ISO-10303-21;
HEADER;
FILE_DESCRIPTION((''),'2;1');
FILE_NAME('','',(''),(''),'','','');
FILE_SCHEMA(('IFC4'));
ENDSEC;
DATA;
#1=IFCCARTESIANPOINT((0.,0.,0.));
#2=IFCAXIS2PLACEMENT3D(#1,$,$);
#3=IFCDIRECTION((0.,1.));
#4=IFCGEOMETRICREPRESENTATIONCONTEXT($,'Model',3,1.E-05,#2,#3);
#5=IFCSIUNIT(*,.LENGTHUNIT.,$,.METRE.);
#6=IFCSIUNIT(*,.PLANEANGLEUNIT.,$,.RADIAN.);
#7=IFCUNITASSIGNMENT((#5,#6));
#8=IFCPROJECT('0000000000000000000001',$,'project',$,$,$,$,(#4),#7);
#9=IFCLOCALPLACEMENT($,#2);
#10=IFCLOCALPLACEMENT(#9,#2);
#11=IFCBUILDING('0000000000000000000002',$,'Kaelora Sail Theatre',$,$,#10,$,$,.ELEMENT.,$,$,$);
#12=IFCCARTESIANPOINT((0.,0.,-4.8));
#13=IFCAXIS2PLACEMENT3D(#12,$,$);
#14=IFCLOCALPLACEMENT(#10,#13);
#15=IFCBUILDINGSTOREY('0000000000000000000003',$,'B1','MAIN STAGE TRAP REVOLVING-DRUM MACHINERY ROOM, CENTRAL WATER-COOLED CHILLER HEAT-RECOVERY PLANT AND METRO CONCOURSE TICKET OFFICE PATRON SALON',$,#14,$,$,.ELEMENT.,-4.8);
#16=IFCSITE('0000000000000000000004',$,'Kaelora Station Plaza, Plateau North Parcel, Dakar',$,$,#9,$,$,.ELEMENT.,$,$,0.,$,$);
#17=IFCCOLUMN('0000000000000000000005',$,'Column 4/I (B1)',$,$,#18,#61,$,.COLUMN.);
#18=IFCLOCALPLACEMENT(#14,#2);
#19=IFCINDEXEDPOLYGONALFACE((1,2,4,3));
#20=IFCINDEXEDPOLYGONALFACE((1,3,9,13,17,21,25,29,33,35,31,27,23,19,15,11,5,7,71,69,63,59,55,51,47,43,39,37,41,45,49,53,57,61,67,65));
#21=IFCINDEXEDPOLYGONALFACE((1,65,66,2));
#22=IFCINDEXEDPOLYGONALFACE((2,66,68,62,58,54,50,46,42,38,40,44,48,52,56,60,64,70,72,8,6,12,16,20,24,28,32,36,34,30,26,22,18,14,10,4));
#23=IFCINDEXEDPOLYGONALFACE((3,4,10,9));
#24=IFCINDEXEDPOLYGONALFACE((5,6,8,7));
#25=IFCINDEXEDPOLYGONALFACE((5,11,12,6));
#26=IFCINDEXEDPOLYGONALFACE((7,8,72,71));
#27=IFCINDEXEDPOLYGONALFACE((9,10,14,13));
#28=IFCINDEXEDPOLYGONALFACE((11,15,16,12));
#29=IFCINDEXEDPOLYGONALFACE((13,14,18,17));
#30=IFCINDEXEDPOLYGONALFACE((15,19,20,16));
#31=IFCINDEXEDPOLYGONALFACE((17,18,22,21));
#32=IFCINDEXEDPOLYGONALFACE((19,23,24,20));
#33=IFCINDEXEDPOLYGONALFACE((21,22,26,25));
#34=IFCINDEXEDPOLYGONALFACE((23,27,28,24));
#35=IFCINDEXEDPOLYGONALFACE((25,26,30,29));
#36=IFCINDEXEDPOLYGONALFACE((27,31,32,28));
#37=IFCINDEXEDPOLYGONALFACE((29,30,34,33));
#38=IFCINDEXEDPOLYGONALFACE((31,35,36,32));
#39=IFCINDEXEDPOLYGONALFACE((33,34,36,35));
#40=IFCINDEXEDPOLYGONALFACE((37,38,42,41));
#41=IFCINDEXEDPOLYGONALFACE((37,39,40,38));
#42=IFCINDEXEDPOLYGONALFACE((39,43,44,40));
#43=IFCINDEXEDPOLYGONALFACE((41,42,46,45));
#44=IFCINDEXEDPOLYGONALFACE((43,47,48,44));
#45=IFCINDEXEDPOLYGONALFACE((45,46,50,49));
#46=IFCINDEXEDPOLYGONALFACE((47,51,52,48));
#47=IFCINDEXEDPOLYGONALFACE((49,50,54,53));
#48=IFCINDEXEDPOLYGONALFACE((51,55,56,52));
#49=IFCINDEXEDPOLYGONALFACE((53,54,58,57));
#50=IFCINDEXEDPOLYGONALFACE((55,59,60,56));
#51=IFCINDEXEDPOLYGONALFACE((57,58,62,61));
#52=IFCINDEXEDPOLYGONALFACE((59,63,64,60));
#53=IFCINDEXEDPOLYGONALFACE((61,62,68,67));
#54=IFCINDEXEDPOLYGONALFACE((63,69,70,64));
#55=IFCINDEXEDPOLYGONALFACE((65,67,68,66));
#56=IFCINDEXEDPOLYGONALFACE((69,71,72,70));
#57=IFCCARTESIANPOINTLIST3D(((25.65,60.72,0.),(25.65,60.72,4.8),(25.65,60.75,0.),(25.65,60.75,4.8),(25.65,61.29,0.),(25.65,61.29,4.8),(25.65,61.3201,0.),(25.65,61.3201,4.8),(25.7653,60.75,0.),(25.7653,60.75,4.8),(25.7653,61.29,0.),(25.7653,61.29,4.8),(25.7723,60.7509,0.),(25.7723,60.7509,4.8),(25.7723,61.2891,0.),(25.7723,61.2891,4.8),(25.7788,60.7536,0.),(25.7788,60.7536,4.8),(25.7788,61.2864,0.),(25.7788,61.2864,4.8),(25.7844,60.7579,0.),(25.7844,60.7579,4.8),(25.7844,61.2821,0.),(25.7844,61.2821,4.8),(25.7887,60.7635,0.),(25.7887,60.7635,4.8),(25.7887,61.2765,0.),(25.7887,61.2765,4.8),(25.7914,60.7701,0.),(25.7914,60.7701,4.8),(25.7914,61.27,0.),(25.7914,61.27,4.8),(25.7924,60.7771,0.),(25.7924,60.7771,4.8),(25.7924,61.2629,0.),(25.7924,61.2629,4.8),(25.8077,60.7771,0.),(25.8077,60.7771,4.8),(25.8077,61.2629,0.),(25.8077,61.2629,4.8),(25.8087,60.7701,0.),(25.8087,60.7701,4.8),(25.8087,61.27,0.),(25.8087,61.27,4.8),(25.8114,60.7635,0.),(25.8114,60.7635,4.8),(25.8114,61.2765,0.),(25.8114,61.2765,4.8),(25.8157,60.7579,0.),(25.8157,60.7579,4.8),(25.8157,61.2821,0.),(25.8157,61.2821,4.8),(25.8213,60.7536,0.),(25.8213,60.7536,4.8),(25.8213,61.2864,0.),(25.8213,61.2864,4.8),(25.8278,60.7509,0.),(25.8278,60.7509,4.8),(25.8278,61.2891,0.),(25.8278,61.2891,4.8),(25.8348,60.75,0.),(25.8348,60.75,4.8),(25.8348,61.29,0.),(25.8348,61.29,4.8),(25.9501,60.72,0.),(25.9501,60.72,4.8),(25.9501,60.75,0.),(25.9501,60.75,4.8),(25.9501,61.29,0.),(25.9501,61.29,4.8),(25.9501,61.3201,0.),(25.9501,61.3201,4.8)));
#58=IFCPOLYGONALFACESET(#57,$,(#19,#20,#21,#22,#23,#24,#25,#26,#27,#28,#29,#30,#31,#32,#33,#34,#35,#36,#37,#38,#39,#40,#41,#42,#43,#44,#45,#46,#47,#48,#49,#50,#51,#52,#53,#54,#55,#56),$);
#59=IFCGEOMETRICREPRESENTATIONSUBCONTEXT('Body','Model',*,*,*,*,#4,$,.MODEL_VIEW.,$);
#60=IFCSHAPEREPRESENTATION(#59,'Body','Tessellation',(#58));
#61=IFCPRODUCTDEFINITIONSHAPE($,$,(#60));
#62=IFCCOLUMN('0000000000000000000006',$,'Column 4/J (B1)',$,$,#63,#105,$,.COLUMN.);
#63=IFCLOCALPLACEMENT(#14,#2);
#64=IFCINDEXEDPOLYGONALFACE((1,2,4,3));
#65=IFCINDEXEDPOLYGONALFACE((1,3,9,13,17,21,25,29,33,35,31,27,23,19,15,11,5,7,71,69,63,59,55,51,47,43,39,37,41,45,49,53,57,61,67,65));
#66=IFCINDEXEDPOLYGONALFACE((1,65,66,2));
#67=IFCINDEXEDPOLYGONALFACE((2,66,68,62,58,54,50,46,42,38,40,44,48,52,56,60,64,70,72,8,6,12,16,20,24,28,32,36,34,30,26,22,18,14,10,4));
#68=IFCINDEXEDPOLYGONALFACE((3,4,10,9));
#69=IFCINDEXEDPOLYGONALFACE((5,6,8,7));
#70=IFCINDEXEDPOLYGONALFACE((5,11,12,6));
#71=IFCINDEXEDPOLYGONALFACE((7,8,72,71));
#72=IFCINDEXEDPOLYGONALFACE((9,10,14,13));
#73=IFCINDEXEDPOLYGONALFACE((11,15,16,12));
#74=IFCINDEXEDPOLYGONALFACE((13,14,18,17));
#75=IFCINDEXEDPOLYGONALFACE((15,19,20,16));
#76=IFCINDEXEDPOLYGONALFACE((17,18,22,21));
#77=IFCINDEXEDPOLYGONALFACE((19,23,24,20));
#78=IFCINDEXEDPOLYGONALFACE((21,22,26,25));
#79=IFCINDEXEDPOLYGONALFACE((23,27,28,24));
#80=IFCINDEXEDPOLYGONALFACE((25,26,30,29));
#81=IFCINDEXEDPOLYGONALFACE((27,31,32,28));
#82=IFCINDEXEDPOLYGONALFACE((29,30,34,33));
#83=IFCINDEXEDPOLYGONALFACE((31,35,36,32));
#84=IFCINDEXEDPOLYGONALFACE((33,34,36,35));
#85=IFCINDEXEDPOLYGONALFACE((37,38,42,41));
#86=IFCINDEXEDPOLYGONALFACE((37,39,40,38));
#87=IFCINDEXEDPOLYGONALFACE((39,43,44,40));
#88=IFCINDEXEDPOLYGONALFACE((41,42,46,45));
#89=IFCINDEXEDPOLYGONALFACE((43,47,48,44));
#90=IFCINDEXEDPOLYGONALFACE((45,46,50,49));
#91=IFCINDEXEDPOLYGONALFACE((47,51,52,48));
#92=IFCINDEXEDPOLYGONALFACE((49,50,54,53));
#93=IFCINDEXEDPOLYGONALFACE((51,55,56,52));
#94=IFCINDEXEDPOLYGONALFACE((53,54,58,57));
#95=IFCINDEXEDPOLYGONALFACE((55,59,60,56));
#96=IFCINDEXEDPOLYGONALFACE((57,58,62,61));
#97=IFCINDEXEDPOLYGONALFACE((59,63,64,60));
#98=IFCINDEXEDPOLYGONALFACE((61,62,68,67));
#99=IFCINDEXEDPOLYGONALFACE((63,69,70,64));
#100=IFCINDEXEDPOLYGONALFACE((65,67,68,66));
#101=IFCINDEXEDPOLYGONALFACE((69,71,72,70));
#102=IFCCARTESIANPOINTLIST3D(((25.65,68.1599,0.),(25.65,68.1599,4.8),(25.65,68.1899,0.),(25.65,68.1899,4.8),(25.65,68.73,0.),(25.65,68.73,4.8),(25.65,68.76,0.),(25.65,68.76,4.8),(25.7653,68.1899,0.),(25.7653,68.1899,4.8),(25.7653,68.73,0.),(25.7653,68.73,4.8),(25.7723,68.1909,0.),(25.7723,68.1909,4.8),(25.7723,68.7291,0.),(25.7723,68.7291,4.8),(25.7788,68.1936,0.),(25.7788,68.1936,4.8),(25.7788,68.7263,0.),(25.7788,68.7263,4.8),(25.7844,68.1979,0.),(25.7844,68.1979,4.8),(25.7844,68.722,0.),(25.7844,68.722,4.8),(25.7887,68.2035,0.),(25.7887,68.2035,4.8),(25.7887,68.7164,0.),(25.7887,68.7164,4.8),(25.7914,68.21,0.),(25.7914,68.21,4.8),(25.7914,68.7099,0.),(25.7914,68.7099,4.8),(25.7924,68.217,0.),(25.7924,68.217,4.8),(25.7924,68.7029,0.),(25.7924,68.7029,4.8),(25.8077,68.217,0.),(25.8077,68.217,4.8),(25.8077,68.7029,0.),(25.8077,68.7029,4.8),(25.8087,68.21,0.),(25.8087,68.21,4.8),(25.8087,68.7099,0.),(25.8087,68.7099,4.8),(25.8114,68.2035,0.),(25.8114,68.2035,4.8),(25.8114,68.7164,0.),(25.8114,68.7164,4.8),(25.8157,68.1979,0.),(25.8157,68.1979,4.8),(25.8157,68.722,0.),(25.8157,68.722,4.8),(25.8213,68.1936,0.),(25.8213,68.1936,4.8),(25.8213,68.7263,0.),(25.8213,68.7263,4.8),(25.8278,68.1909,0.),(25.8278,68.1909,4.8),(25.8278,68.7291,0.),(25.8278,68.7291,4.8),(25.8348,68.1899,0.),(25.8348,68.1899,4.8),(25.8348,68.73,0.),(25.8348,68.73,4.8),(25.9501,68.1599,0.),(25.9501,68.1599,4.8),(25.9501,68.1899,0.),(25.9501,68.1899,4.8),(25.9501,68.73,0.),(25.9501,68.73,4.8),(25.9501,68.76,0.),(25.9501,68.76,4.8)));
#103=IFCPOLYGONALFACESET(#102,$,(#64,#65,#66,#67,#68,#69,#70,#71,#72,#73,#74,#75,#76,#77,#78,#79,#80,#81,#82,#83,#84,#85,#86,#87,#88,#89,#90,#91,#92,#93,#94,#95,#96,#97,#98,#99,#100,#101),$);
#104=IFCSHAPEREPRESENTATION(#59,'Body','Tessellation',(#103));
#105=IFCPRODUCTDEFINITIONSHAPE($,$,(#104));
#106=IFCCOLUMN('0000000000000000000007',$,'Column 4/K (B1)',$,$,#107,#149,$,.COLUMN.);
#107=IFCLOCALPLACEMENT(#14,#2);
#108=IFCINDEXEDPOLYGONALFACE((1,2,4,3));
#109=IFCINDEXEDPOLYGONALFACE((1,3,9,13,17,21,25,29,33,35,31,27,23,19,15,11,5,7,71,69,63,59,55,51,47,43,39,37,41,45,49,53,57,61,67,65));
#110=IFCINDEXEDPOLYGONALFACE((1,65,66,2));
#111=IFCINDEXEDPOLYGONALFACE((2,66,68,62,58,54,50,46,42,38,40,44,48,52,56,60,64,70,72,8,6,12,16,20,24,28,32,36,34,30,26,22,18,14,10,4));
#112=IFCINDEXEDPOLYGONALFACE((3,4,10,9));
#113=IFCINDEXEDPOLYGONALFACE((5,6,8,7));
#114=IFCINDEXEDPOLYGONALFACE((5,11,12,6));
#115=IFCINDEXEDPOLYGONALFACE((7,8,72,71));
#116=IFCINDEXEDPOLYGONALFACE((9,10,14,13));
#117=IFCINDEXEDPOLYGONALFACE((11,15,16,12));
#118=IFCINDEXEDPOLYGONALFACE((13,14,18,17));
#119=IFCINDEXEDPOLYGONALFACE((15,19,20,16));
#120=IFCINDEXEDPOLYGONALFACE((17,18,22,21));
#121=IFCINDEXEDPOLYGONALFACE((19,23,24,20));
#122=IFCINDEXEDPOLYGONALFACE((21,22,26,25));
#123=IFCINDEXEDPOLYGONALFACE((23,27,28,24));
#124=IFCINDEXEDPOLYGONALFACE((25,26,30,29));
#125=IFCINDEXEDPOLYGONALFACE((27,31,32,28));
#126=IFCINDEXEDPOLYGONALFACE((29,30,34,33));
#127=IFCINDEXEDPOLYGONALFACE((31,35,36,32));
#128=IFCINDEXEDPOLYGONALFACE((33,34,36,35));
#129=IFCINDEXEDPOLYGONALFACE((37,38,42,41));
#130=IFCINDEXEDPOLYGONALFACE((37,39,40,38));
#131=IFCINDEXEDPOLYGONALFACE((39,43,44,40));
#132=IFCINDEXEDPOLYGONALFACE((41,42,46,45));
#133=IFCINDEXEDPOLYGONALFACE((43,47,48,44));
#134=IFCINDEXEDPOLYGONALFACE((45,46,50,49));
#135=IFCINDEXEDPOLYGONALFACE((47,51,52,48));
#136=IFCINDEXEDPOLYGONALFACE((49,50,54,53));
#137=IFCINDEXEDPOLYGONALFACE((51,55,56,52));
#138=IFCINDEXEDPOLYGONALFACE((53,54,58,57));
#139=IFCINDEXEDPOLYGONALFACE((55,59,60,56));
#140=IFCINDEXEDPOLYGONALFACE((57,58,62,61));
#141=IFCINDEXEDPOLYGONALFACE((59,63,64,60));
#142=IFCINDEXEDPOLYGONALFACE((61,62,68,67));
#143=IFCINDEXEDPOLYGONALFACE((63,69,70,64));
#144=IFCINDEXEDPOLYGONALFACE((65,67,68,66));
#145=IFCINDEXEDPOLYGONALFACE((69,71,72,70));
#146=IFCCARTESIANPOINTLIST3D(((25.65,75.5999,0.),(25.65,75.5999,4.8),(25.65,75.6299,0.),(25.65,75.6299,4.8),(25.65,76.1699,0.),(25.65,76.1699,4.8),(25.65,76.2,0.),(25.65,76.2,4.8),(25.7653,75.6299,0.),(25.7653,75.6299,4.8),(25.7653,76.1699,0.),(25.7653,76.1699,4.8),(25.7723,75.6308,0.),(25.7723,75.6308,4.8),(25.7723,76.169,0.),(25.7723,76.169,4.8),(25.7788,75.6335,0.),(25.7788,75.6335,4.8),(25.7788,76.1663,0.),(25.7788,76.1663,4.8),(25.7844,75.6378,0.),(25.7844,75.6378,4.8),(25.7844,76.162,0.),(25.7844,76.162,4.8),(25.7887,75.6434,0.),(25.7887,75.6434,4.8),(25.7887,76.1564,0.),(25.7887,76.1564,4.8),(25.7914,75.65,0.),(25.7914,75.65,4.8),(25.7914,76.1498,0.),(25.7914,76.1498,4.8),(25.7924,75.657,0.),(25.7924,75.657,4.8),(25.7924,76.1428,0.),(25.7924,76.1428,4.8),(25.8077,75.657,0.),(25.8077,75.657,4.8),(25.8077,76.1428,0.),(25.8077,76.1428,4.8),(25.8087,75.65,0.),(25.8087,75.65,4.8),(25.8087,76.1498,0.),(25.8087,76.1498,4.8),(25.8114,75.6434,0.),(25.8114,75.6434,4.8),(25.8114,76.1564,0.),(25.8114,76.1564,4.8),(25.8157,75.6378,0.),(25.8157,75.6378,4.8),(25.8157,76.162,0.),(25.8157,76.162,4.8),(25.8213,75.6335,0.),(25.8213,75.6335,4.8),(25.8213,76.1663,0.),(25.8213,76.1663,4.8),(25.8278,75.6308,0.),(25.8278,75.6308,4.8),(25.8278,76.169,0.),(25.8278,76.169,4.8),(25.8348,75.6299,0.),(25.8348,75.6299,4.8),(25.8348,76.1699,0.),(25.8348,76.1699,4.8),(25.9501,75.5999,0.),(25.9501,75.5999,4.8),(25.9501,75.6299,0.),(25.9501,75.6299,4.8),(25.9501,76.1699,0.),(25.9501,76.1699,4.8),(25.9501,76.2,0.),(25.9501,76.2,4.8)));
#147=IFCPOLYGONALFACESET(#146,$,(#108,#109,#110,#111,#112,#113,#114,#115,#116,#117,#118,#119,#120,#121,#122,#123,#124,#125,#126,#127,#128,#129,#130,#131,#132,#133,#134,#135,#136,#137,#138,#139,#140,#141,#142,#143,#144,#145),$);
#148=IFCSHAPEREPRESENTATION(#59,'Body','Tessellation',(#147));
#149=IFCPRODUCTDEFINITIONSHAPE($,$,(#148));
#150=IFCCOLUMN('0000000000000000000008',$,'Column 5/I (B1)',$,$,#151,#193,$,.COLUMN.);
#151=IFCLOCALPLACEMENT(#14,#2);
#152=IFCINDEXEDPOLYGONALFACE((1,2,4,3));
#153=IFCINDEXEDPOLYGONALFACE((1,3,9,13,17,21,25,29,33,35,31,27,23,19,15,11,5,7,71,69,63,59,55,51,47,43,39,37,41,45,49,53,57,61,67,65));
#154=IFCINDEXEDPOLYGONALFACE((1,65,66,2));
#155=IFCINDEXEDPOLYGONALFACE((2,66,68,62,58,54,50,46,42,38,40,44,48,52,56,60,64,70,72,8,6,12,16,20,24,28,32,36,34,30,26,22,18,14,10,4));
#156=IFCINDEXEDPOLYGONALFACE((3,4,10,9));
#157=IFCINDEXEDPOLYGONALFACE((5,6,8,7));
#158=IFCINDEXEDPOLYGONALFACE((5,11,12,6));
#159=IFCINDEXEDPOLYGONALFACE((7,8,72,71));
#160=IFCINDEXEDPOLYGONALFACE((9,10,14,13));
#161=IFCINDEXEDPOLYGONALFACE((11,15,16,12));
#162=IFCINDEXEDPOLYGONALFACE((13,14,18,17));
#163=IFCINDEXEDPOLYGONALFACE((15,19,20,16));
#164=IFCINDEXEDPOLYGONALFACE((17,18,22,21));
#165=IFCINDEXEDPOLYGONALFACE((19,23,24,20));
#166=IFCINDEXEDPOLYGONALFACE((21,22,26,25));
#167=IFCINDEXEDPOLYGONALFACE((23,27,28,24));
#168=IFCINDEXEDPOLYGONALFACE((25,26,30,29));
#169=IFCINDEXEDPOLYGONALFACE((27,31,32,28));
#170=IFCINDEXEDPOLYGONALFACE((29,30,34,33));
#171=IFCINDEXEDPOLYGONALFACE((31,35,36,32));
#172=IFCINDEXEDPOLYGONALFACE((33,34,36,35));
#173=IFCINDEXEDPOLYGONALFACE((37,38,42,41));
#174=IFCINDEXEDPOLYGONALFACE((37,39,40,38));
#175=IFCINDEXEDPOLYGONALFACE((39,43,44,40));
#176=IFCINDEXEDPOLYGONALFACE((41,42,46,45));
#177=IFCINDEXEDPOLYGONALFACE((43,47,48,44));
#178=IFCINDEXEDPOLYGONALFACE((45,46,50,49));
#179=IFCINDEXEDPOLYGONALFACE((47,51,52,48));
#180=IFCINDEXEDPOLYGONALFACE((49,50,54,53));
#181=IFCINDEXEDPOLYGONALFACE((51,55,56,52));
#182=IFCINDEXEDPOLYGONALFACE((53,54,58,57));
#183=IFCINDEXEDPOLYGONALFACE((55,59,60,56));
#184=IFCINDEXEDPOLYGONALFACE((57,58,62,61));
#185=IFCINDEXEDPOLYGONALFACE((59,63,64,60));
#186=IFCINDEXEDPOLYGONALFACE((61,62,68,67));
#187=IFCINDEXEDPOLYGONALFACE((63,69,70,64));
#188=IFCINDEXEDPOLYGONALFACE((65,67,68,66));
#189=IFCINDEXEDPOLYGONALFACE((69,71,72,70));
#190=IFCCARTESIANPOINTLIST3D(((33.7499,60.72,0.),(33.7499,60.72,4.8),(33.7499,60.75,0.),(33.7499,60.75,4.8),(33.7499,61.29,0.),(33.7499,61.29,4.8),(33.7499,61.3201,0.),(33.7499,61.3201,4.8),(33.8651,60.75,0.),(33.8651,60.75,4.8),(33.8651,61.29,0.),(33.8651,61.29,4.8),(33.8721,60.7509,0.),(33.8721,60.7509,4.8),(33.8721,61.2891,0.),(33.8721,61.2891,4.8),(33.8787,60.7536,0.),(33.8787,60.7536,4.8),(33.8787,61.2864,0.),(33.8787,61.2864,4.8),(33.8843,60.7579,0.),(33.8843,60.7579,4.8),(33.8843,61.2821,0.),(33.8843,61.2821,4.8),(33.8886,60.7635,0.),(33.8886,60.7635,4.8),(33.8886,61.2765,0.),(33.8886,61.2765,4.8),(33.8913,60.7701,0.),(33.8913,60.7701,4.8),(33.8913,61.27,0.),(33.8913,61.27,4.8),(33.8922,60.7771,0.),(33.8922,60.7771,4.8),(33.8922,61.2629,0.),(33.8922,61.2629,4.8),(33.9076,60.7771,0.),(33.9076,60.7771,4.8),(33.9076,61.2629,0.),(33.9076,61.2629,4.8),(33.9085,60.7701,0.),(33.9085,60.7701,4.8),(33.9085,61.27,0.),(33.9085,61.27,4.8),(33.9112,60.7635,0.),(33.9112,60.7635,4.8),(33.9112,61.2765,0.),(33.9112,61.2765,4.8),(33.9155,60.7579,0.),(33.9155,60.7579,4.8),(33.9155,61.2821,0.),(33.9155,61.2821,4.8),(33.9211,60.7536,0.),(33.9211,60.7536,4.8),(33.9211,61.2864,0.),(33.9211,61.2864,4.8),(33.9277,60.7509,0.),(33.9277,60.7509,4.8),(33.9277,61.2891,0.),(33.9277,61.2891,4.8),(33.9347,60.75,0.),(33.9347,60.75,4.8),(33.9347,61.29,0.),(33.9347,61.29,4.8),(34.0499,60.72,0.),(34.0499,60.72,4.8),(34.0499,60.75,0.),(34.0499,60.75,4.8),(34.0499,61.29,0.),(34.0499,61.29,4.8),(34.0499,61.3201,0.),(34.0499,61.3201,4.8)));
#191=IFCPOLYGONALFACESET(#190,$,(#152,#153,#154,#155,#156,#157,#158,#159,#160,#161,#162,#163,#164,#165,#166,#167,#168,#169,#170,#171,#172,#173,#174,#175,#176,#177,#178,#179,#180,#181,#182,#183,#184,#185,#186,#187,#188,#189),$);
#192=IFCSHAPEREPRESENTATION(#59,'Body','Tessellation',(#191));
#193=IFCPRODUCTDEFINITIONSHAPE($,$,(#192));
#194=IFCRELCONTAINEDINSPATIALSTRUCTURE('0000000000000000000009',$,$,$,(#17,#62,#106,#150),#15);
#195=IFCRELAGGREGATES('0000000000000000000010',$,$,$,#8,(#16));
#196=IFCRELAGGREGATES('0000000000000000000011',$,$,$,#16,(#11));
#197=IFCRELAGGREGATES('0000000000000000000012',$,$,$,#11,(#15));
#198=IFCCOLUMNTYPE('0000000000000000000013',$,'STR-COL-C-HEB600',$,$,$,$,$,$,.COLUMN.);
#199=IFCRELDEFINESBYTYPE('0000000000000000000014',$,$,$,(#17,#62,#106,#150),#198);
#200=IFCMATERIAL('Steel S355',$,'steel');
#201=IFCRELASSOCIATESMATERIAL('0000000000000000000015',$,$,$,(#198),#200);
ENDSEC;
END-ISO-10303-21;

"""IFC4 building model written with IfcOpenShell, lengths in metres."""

from ifc_helpers import new_model, si_unit, direction, frame, origin, origin_2d, place, context, subcontext, project, spatial, i_section, extrude, material, material_profile, profile_set, type_object, element, save


model = new_model("IFC4")

# Units and contexts
model_context = context("Model", 3, precision=1e-05, world=origin(), true_north=direction((0.0, 1.0)))
body_context = subcontext(model_context, "Body", "Model", "MODEL_VIEW")
ifc_project = project(units=[si_unit("LENGTHUNIT", "METRE"), si_unit("PLANEANGLEUNIT", "RADIAN")], contexts=[model_context])

# Site, building, storey
site_placement = place(None, origin())
site = spatial("IfcSite", under=ifc_project, at=site_placement, Name="Kaelora Station Plaza, Plateau North Parcel, Dakar", CompositionType="ELEMENT", RefElevation=0.0)
building_placement = place(site_placement, origin())
building = spatial("IfcBuilding", under=site, at=building_placement, Name="Kaelora Sail Theatre", CompositionType="ELEMENT")
storey_placement = place(building_placement, frame((0.0, 0.0, -4.8)))
storey = spatial("IfcBuildingStorey", under=building, at=storey_placement, Name="B1", Description="MAIN STAGE TRAP REVOLVING-DRUM MACHINERY ROOM, CENTRAL WATER-COOLED CHILLER HEAT-RECOVERY PLANT AND METRO CONCOURSE TICKET OFFICE PATRON SALON", CompositionType="ELEMENT", Elevation=-4.8)

# Columns
ifc_material_1 = material(Name="Steel S355", Category="steel")
ifc_material_profile_1 = material_profile(ifc_material_1, i_section(OverallWidth=0.3, OverallDepth=0.6001, WebThickness=0.0154, FlangeThickness=0.03, FilletRadius=0.0271, at=origin_2d()), Name="HEB 600")
ifc_profile_set_1 = profile_set([ifc_material_profile_1], Name="Steel S355")
column_type = type_object("IfcColumnType", Name="STR-COL-C-HEB600", PredefinedType="COLUMN", material=ifc_profile_set_1)
for number, where, z_axis, x_axis, name in (
    (1, (25.8, 61.02, 0.0), (0.0, 0.0, 1.0), (1.0, 0.0, 0.0), "Column 4/I (B1)"),
    (2, (25.8, 68.46, 0.0), (0.0, 0.0, 1.0), (1.0, 0.0, 0.0), "Column 4/J (B1)"),
    (3, (25.8, 75.8999, 0.0), (0.0, 0.0, 1.0), (1.0, 0.0, 0.0), "Column 4/K (B1)"),
    (4, (33.8999, 61.02, 0.0), (0.0, 0.0, 1.0), (1.0, 0.0, 0.0), "Column 5/I (B1)"),
):
    element("IfcColumn", number, at=place(storey_placement, frame(where, z_axis=z_axis, x_axis=x_axis)), inside=storey, type_object=column_type, Name=name, PredefinedType="COLUMN", context=body_context, shape_type="SweptSolid", body=[
        extrude(i_section(OverallWidth=0.3, OverallDepth=0.6001, WebThickness=0.0154, FlangeThickness=0.03, FilletRadius=0.0271, at=origin_2d()), origin(), (0.0, 0.0, 1.0), 4.8),
    ])

save(model, "model.ifc")
